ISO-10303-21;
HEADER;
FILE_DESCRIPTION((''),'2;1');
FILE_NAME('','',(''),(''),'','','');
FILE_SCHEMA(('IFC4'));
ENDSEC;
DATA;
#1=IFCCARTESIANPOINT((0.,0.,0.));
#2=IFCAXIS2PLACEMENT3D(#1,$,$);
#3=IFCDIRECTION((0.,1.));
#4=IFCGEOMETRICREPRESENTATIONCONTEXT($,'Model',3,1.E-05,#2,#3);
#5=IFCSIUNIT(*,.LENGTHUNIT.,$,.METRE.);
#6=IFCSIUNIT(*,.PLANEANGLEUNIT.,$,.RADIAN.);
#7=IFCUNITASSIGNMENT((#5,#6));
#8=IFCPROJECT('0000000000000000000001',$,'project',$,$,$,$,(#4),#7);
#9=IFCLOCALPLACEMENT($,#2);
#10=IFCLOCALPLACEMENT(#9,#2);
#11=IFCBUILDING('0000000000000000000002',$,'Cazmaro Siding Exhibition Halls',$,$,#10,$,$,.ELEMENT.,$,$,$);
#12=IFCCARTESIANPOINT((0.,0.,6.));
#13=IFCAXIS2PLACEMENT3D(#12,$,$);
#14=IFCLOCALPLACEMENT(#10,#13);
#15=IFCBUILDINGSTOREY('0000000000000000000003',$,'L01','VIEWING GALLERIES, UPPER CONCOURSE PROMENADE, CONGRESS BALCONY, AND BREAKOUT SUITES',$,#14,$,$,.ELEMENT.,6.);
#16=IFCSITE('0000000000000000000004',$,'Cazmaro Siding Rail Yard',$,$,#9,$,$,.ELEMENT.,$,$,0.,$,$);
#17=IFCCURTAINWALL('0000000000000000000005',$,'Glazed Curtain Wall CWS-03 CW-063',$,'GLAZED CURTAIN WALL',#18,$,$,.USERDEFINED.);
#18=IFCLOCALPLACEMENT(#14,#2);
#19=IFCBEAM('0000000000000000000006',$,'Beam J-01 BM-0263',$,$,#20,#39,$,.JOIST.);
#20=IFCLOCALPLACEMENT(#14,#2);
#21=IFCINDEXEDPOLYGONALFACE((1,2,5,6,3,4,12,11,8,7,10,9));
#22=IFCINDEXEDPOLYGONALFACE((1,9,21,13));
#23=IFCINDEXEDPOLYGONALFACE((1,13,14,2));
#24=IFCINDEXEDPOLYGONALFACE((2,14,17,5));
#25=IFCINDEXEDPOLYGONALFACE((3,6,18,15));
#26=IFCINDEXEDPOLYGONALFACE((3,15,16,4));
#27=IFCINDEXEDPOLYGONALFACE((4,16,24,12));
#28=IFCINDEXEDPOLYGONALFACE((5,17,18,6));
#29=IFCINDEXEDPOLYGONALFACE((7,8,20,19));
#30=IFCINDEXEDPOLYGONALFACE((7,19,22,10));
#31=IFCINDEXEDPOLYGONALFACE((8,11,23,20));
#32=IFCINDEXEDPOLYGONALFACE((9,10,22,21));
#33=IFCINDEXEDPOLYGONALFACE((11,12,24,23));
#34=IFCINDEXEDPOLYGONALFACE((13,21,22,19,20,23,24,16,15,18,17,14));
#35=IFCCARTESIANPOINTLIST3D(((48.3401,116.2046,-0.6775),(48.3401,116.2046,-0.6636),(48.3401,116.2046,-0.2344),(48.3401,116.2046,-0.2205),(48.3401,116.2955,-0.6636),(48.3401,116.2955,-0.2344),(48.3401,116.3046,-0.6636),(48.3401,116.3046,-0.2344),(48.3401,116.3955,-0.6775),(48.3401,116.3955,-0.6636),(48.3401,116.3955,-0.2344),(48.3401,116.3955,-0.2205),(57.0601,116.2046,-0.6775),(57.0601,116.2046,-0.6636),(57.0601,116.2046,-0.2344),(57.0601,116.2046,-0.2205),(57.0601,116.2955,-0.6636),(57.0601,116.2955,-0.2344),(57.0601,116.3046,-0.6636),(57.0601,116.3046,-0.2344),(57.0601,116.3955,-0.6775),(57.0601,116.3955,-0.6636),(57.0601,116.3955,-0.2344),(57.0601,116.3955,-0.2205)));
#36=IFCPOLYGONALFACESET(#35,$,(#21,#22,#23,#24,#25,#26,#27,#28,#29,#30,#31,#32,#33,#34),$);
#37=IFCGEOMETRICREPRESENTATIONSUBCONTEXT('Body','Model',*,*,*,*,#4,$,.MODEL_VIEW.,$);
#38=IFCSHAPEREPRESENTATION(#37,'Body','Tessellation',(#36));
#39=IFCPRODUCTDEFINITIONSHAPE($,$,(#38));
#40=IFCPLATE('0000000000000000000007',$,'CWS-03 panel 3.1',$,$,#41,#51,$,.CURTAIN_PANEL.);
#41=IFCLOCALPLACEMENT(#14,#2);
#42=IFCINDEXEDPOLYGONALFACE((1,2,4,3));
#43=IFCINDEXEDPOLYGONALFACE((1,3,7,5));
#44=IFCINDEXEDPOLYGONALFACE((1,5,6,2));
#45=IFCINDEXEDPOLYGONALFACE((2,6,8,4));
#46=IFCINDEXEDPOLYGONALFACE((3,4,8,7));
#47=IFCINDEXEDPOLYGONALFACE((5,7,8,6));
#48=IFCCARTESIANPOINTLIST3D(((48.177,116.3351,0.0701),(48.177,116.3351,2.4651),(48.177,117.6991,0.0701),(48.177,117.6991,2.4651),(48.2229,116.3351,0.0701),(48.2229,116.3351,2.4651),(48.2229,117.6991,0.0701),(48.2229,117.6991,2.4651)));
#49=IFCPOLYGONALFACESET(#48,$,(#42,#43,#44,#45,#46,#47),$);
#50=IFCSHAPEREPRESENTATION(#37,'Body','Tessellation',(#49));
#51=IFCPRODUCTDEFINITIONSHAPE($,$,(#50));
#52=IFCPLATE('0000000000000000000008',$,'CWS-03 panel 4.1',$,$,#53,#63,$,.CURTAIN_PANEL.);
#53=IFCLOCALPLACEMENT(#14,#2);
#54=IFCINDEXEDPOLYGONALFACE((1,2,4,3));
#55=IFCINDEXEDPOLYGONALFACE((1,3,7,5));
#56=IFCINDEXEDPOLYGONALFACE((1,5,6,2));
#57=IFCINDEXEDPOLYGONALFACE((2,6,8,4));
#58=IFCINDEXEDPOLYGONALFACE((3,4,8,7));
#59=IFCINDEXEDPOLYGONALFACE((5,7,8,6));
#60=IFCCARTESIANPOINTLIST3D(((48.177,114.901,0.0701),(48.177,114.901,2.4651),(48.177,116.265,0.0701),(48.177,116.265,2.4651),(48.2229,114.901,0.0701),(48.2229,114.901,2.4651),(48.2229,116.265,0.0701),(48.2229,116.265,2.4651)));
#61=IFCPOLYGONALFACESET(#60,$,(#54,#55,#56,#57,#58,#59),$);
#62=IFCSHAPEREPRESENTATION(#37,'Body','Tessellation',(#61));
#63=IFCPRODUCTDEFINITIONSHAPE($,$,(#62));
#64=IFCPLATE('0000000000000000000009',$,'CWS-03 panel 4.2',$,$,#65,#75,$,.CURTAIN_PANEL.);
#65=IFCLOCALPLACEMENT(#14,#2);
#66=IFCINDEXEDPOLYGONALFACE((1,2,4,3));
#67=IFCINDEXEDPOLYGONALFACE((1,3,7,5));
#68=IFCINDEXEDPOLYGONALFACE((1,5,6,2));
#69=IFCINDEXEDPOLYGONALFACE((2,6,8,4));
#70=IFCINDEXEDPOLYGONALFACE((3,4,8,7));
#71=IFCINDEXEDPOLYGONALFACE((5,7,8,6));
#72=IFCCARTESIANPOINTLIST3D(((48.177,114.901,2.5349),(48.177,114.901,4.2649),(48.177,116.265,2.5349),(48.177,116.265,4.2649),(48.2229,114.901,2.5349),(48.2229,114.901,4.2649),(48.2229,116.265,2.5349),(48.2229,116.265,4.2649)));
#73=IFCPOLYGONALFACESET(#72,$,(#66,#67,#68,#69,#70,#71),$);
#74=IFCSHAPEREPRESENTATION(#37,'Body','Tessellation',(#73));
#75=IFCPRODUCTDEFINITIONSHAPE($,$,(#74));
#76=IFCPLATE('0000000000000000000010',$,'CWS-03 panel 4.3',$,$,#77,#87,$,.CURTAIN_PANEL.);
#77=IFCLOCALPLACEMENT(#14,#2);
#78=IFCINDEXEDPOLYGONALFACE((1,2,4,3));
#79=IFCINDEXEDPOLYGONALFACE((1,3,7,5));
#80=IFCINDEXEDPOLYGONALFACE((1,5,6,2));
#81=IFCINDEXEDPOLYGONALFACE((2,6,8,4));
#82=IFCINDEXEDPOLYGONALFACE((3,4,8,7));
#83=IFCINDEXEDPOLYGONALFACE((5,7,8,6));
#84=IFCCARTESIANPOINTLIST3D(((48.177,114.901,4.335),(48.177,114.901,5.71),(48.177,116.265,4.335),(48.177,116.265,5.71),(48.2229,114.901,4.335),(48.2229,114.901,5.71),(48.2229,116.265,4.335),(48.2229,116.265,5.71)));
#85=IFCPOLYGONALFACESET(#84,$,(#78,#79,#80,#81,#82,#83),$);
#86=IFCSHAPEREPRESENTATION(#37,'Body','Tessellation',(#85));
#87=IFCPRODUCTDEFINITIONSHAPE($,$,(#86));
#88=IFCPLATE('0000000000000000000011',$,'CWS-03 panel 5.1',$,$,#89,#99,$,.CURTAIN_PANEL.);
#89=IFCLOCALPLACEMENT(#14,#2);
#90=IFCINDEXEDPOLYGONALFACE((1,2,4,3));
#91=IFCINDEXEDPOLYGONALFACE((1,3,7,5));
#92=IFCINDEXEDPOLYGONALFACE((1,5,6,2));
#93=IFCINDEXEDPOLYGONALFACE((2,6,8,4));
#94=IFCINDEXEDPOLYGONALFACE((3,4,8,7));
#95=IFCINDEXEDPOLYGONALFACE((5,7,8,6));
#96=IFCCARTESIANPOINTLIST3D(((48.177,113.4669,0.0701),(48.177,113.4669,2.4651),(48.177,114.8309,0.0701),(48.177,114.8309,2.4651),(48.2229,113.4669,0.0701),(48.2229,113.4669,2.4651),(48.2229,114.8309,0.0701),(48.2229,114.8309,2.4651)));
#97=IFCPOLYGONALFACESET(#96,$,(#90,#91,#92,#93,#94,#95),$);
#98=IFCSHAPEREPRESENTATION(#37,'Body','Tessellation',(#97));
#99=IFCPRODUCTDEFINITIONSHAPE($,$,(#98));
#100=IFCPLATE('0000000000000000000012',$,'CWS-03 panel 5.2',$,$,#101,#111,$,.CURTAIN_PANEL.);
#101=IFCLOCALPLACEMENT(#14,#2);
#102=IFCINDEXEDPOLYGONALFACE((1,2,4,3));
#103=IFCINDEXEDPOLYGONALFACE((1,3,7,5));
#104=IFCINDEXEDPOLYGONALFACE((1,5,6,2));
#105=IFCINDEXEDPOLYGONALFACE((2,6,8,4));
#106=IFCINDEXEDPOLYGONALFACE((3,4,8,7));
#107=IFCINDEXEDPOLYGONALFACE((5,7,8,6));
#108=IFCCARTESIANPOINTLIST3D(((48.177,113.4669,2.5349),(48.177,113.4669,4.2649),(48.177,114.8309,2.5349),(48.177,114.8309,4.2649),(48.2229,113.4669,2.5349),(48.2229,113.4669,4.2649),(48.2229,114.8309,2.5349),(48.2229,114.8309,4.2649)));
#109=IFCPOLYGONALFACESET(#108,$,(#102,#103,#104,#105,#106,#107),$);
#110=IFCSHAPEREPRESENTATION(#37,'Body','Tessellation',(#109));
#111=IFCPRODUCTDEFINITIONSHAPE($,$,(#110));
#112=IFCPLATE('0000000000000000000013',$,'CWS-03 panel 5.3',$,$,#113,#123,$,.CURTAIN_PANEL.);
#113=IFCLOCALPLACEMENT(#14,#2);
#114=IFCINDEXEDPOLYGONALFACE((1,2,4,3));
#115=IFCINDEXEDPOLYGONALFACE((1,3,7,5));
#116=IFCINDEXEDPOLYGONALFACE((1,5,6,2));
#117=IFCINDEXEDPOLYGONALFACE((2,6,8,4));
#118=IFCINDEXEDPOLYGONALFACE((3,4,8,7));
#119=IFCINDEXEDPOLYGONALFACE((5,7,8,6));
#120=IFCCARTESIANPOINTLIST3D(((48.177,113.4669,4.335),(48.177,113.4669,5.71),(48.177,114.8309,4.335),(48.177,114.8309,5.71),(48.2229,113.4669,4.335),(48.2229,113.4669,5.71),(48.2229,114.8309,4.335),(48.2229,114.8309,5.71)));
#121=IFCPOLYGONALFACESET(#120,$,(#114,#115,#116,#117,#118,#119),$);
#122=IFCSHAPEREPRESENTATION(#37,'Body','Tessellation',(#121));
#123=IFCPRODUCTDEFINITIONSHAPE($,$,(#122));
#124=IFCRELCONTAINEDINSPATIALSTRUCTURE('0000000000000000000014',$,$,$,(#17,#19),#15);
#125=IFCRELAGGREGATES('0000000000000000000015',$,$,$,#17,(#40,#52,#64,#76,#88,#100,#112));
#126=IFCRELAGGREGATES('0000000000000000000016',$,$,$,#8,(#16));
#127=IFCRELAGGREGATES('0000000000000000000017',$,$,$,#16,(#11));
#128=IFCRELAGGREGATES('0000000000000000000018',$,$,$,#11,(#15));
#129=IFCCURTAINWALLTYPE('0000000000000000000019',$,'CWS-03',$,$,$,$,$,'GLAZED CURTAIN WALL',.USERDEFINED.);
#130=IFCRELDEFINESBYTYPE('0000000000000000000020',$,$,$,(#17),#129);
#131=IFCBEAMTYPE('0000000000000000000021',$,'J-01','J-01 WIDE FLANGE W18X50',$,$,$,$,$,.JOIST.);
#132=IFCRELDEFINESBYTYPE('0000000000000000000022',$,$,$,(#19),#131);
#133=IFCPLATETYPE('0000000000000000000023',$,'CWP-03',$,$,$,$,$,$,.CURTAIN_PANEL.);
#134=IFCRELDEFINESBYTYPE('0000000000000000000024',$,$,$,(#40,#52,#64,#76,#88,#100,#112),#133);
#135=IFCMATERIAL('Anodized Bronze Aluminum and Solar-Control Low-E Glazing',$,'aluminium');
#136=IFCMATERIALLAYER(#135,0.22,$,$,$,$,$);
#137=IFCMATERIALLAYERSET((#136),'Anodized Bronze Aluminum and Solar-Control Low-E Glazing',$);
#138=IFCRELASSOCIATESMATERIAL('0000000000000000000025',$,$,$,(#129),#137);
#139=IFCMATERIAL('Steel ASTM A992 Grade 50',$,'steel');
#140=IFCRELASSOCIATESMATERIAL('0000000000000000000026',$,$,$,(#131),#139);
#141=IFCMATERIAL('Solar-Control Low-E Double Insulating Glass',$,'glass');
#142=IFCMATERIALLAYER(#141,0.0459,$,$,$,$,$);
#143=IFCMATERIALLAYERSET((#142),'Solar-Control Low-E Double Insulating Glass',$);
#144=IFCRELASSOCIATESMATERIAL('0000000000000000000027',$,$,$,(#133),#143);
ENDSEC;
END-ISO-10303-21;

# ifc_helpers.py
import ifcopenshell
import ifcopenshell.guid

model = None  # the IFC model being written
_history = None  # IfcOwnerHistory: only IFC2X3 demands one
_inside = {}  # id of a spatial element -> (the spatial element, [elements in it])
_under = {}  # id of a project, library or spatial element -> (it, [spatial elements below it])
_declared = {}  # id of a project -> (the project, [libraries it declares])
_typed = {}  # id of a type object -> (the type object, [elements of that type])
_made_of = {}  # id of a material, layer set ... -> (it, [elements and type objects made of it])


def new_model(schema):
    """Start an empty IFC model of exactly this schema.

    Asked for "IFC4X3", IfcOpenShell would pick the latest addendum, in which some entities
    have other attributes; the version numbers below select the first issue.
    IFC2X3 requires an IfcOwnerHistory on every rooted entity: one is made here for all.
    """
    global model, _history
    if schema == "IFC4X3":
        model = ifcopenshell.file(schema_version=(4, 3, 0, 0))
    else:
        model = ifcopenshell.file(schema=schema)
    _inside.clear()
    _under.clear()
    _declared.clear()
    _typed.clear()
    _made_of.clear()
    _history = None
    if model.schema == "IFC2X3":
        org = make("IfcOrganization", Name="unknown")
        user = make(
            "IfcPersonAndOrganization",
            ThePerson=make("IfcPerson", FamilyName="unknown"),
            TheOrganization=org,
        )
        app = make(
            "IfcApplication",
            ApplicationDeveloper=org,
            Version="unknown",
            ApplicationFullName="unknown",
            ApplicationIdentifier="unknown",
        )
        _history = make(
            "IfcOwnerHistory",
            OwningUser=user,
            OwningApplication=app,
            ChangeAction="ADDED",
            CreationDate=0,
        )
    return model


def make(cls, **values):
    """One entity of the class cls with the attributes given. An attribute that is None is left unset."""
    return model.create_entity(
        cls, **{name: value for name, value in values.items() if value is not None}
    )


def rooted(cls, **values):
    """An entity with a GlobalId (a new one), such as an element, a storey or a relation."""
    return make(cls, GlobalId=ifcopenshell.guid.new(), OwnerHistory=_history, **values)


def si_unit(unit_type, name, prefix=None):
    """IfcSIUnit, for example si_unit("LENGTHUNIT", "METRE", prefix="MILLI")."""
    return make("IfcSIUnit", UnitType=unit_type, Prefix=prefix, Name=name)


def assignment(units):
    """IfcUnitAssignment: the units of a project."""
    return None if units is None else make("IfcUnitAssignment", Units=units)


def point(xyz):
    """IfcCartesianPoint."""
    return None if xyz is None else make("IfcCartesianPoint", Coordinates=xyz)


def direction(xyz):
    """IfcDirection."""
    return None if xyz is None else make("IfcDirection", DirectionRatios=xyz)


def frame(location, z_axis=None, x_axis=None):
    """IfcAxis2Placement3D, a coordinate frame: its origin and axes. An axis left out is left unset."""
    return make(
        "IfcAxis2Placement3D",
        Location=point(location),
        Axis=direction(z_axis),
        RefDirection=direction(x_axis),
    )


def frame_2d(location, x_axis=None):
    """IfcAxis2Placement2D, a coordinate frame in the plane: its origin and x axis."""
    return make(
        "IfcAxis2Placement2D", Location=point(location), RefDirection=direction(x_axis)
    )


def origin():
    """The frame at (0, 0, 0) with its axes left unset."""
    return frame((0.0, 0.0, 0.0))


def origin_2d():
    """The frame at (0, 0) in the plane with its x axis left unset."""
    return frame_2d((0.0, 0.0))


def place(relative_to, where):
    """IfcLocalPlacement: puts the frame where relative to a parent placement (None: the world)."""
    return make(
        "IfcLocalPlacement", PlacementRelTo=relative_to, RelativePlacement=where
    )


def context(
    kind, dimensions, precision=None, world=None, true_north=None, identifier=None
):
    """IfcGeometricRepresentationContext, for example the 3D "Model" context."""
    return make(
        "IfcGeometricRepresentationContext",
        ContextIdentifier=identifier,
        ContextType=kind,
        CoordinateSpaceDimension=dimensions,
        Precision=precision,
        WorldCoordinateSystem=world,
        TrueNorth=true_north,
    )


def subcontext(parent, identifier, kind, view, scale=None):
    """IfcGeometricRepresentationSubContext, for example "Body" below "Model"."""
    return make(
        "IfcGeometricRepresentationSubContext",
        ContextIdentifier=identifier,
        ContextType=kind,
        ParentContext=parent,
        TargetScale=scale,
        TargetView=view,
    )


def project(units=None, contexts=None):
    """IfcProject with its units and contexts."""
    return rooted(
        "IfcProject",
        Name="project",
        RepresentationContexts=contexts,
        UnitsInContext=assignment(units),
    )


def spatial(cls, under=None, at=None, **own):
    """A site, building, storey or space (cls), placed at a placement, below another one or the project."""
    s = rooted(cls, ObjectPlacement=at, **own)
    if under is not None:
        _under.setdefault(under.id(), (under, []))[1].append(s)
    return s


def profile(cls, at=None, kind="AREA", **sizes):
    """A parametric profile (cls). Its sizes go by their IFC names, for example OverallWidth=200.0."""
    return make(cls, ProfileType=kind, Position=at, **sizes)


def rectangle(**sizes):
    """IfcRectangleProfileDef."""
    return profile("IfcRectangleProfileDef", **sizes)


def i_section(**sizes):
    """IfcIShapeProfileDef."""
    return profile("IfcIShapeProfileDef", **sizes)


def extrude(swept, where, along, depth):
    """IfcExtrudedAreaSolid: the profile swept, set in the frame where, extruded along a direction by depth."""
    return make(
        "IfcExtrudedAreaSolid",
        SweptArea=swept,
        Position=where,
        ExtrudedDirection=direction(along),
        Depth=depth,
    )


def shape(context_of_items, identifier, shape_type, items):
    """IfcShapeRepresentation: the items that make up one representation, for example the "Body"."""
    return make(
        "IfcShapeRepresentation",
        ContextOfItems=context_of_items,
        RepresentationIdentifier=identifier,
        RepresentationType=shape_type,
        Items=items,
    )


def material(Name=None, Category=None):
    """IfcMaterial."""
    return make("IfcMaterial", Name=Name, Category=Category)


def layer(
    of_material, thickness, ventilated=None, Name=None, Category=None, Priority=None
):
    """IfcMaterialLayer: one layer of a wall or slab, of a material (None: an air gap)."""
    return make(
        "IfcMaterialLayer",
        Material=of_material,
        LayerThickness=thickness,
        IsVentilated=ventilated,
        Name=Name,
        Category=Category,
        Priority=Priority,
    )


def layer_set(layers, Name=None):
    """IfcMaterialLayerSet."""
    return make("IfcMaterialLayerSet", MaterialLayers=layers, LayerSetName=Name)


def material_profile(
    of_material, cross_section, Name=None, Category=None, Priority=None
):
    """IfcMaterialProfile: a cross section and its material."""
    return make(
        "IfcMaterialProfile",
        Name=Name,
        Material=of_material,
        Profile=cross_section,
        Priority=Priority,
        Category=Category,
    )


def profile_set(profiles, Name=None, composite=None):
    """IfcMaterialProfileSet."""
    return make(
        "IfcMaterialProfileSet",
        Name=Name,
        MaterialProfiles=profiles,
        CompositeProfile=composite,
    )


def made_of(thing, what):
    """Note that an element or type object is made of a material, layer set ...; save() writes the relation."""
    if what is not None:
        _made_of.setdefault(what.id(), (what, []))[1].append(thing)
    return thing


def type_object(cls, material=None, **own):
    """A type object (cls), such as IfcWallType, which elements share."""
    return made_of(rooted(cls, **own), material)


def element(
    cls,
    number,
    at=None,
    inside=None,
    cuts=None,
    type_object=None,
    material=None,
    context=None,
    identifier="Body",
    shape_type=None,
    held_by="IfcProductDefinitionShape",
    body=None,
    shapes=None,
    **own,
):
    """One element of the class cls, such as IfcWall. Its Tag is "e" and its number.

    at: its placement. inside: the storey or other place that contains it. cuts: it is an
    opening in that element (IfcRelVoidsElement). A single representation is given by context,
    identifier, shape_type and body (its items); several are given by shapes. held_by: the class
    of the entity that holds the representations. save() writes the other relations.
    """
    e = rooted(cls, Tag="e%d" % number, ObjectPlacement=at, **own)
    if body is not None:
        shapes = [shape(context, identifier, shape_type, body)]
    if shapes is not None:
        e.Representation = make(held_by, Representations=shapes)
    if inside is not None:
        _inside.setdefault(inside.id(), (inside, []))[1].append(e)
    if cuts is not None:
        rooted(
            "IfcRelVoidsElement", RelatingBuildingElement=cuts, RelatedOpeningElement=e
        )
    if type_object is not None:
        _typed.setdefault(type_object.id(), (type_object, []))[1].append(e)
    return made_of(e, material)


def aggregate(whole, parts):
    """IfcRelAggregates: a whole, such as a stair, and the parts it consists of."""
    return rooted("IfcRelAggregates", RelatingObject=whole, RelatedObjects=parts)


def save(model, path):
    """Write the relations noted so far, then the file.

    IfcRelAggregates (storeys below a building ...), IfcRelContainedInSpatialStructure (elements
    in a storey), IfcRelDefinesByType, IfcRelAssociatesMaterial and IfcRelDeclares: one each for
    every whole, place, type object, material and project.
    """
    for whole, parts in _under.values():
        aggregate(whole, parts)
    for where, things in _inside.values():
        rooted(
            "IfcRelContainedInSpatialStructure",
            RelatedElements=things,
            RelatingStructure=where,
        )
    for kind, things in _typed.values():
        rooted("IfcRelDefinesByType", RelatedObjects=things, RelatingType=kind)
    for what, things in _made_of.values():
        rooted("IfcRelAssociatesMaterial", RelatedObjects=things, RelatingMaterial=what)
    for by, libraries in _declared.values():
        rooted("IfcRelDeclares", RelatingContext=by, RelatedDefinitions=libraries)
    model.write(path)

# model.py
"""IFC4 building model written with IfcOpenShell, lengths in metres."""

from ifc_helpers import new_model, si_unit, direction, frame, origin, origin_2d, place, context, subcontext, project, spatial, rectangle, i_section, extrude, material, layer, layer_set, material_profile, profile_set, type_object, element, aggregate, save


model = new_model("IFC4")

# Units and contexts
model_context = context("Model", 3, precision=1e-05, world=origin(), true_north=direction((0.0, 1.0)))
body_context = subcontext(model_context, "Body", "Model", "MODEL_VIEW")
ifc_project = project(units=[si_unit("LENGTHUNIT", "METRE"), si_unit("PLANEANGLEUNIT", "RADIAN")], contexts=[model_context])

# Site, building, storey
site_placement = place(None, origin())
site = spatial("IfcSite", under=ifc_project, at=site_placement, Name="Cazmaro Siding Rail Yard", CompositionType="ELEMENT", RefElevation=0.0)
building_placement = place(site_placement, origin())
building = spatial("IfcBuilding", under=site, at=building_placement, Name="Cazmaro Siding Exhibition Halls", CompositionType="ELEMENT")
storey_placement = place(building_placement, frame((0.0, 0.0, 6.0)))
storey = spatial("IfcBuildingStorey", under=building, at=storey_placement, Name="L01", Description="VIEWING GALLERIES, UPPER CONCOURSE PROMENADE, CONGRESS BALCONY, AND BREAKOUT SUITES", CompositionType="ELEMENT", Elevation=6.0)

# Curtain wall
ifc_material_1 = material(Name="Anodized Bronze Aluminum and Solar-Control Low-E Glazing", Category="aluminium")
ifc_layer_1 = layer(ifc_material_1, 0.22)
ifc_layer_set_1 = layer_set([ifc_layer_1], Name="Anodized Bronze Aluminum and Solar-Control Low-E Glazing")
curtain_wall_type = type_object("IfcCurtainWallType", Name="CWS-03", ElementType="GLAZED CURTAIN WALL", PredefinedType="USERDEFINED", material=ifc_layer_set_1)
curtain_wall_placement = place(storey_placement, origin())
curtain_wall = element("IfcCurtainWall", 1, at=curtain_wall_placement, inside=storey, type_object=curtain_wall_type, Name="Glazed Curtain Wall CWS-03 CW-063", ObjectType="GLAZED CURTAIN WALL", PredefinedType="USERDEFINED")

# Beam
ifc_material_2 = material(Name="Steel ASTM A992 Grade 50", Category="steel")
ifc_material_profile_1 = material_profile(ifc_material_2, i_section(OverallWidth=0.1909, OverallDepth=0.457, WebThickness=0.009, FlangeThickness=0.0139, at=origin_2d()), Name="W18X50")
ifc_profile_set_1 = profile_set([ifc_material_profile_1], Name="Steel ASTM A992 Grade 50")
beam_type = type_object("IfcBeamType", Name="J-01", Description="J-01 WIDE FLANGE W18X50", PredefinedType="JOIST", material=ifc_profile_set_1)
beam_placement = place(storey_placement, frame((48.3401, 116.3, -0.449), z_axis=(1.0, 0.0, 0.0), x_axis=(0.0, 1.0, 0.0)))
element("IfcBeam", 2, at=beam_placement, inside=storey, type_object=beam_type, Name="Beam J-01 BM-0263", PredefinedType="JOIST", context=body_context, shape_type="SweptSolid", body=[
    extrude(i_section(OverallWidth=0.1909, OverallDepth=0.457, WebThickness=0.009, FlangeThickness=0.0139, at=origin_2d()), origin(), (0.0, 0.0, 1.0), 8.72),
])

# Plates
ifc_material_3 = material(Name="Solar-Control Low-E Double Insulating Glass", Category="glass")
ifc_layer_2 = layer(ifc_material_3, 0.0459)
ifc_layer_set_2 = layer_set([ifc_layer_2], Name="Solar-Control Low-E Double Insulating Glass")
plate_type = type_object("IfcPlateType", Name="CWP-03", PredefinedType="CURTAIN_PANEL", material=ifc_layer_set_2)
plate_1_placement = place(storey_placement, frame((48.2, 117.0171, 0.0701), z_axis=(0.0, 0.0, 1.0), x_axis=(0.0, -1.0, 0.0)))
plate_1 = element("IfcPlate", 3, at=plate_1_placement, type_object=plate_type, Name="CWS-03 panel 3.1", PredefinedType="CURTAIN_PANEL", context=body_context, shape_type="SweptSolid", body=[
    extrude(rectangle(XDim=1.364, YDim=0.0459, at=origin_2d()), origin(), (0.0, 0.0, 1.0), 2.395),
])
plate_2_placement = place(storey_placement, frame((48.2, 115.583, 0.0701), z_axis=(0.0, 0.0, 1.0), x_axis=(0.0, -1.0, 0.0)))
plate_2 = element("IfcPlate", 4, at=plate_2_placement, type_object=plate_type, Name="CWS-03 panel 4.1", PredefinedType="CURTAIN_PANEL", context=body_context, shape_type="SweptSolid", body=[
    extrude(rectangle(XDim=1.364, YDim=0.0459, at=origin_2d()), origin(), (0.0, 0.0, 1.0), 2.395),
])
plate_3_placement = place(storey_placement, frame((48.2, 115.583, 2.5349), z_axis=(0.0, 0.0, 1.0), x_axis=(0.0, -1.0, 0.0)))
plate_3 = element("IfcPlate", 5, at=plate_3_placement, type_object=plate_type, Name="CWS-03 panel 4.2", PredefinedType="CURTAIN_PANEL", context=body_context, shape_type="SweptSolid", body=[
    extrude(rectangle(XDim=1.364, YDim=0.0459, at=origin_2d()), origin(), (0.0, 0.0, 1.0), 1.73),
])
plate_4_placement = place(storey_placement, frame((48.2, 115.583, 4.335), z_axis=(0.0, 0.0, 1.0), x_axis=(0.0, -1.0, 0.0)))
plate_4 = element("IfcPlate", 6, at=plate_4_placement, type_object=plate_type, Name="CWS-03 panel 4.3", PredefinedType="CURTAIN_PANEL", context=body_context, shape_type="SweptSolid", body=[
    extrude(rectangle(XDim=1.364, YDim=0.0459, at=origin_2d()), origin(), (0.0, 0.0, 1.0), 1.375),
])
plate_5_placement = place(storey_placement, frame((48.2, 114.1489, 0.0701), z_axis=(0.0, 0.0, 1.0), x_axis=(0.0, -1.0, 0.0)))
plate_5 = element("IfcPlate", 7, at=plate_5_placement, type_object=plate_type, Name="CWS-03 panel 5.1", PredefinedType="CURTAIN_PANEL", context=body_context, shape_type="SweptSolid", body=[
    extrude(rectangle(XDim=1.364, YDim=0.0459, at=origin_2d()), origin(), (0.0, 0.0, 1.0), 2.395),
])
plate_6_placement = place(storey_placement, frame((48.2, 114.1489, 2.5349), z_axis=(0.0, 0.0, 1.0), x_axis=(0.0, -1.0, 0.0)))
plate_6 = element("IfcPlate", 8, at=plate_6_placement, type_object=plate_type, Name="CWS-03 panel 5.2", PredefinedType="CURTAIN_PANEL", context=body_context, shape_type="SweptSolid", body=[
    extrude(rectangle(XDim=1.364, YDim=0.0459, at=origin_2d()), origin(), (0.0, 0.0, 1.0), 1.73),
])
plate_7_placement = place(storey_placement, frame((48.2, 114.1489, 4.335), z_axis=(0.0, 0.0, 1.0), x_axis=(0.0, -1.0, 0.0)))
plate_7 = element("IfcPlate", 9, at=plate_7_placement, type_object=plate_type, Name="CWS-03 panel 5.3", PredefinedType="CURTAIN_PANEL", context=body_context, shape_type="SweptSolid", body=[
    extrude(rectangle(XDim=1.364, YDim=0.0459, at=origin_2d()), origin(), (0.0, 0.0, 1.0), 1.375),
])
aggregate(curtain_wall, [plate_1, plate_2, plate_3, plate_4, plate_5, plate_6, plate_7])

save(model, "model.ifc")
